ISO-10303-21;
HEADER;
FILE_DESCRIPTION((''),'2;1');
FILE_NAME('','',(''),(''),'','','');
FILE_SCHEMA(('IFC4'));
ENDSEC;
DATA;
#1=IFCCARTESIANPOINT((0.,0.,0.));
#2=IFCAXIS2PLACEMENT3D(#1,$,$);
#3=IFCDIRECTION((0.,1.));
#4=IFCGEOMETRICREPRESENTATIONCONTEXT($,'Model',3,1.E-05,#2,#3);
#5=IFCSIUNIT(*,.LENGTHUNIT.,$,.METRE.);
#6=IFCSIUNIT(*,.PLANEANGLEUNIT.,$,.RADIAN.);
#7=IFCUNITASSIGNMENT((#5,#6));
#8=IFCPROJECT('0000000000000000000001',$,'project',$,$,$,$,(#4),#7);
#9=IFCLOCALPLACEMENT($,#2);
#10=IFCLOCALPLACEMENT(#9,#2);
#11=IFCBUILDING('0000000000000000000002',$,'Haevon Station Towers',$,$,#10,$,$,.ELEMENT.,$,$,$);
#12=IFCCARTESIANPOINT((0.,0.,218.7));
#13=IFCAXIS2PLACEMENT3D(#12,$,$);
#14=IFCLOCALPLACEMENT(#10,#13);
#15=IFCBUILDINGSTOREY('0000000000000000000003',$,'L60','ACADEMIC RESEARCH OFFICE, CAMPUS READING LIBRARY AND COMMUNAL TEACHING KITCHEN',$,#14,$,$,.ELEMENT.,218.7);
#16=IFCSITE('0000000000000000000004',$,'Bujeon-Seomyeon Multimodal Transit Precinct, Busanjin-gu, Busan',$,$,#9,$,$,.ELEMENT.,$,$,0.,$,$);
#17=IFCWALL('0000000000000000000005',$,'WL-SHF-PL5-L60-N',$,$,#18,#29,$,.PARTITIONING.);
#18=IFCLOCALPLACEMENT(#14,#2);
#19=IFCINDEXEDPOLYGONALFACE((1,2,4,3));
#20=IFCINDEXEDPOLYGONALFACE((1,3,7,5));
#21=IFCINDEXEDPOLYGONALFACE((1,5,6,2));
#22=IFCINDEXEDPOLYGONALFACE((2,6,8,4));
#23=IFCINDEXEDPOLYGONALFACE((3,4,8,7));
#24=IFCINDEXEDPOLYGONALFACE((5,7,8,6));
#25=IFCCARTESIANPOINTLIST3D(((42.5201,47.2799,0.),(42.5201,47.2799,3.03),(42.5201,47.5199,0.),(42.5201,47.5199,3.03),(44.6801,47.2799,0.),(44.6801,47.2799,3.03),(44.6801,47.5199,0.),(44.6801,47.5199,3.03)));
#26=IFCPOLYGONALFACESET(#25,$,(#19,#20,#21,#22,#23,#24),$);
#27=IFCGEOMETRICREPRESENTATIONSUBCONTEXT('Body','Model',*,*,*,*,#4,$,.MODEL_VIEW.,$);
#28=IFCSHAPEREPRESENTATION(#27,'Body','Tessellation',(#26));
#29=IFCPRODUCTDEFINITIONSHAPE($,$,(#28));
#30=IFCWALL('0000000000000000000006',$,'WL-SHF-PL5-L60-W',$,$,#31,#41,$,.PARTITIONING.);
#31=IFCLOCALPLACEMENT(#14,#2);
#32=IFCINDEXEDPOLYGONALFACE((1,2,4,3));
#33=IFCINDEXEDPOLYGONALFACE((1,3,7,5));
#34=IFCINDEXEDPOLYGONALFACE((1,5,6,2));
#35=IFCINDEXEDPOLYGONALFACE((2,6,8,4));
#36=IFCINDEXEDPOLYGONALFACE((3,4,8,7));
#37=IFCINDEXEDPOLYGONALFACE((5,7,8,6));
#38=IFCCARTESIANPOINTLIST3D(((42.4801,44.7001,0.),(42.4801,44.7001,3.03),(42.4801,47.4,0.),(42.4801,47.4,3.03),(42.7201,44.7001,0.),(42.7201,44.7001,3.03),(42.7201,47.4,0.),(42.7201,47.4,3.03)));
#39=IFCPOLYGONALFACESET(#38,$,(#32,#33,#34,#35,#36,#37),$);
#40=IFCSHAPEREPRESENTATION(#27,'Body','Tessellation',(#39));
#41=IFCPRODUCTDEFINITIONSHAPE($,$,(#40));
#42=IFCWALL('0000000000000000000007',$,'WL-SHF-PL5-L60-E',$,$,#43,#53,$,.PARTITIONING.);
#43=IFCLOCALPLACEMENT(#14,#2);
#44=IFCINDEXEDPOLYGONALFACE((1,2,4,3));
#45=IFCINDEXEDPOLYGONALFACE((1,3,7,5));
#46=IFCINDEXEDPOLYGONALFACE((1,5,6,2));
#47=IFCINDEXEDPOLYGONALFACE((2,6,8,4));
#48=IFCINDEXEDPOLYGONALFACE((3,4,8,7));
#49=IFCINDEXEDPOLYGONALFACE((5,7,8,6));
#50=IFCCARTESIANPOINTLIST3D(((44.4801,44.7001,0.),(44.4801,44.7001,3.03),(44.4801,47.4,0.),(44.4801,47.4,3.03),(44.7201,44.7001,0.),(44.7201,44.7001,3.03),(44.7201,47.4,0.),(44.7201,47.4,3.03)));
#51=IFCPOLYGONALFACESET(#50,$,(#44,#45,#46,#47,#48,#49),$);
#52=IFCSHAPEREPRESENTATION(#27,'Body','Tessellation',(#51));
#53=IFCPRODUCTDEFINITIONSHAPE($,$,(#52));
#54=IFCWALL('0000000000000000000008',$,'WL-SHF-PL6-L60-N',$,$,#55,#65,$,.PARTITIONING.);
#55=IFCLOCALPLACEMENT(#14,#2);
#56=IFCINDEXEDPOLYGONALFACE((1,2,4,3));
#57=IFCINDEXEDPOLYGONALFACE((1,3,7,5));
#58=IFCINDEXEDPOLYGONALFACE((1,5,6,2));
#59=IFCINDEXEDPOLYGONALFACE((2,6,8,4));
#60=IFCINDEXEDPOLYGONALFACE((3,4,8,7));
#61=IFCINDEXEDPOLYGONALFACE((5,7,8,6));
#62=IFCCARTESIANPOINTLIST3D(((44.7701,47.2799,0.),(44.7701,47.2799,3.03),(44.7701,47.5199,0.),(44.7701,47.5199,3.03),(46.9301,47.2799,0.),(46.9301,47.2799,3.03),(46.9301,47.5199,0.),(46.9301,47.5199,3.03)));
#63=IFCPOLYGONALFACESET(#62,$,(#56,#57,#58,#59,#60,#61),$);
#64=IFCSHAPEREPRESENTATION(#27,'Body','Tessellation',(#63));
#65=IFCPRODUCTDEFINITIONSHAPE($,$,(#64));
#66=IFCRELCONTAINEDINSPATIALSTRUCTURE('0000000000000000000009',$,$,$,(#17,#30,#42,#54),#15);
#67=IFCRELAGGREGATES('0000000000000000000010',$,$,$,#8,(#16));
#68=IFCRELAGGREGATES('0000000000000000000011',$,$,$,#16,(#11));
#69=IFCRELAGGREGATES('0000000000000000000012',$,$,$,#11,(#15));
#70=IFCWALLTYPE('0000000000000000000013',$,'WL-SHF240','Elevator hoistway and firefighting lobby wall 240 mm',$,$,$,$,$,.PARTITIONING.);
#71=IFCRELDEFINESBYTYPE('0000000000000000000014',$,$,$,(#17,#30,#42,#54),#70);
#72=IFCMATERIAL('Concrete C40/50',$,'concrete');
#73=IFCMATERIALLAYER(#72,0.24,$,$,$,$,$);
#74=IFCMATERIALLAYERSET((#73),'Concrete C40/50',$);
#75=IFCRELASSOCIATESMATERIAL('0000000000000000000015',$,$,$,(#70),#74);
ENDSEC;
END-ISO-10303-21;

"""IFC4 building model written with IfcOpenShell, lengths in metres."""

from ifc_helpers import new_model, si_unit, direction, frame, frame_2d, origin, place, context, subcontext, project, spatial, rectangle, extrude, material, layer, layer_set, type_object, element, save


model = new_model("IFC4")

# Units and contexts
model_context = context("Model", 3, precision=1e-05, world=origin(), true_north=direction((0.0, 1.0)))
body_context = subcontext(model_context, "Body", "Model", "MODEL_VIEW")
ifc_project = project(units=[si_unit("LENGTHUNIT", "METRE"), si_unit("PLANEANGLEUNIT", "RADIAN")], contexts=[model_context])

# Site, building, storey
site_placement = place(None, origin())
site = spatial("IfcSite", under=ifc_project, at=site_placement, Name="Bujeon-Seomyeon Multimodal Transit Precinct, Busanjin-gu, Busan", CompositionType="ELEMENT", RefElevation=0.0)
building_placement = place(site_placement, origin())
building = spatial("IfcBuilding", under=site, at=building_placement, Name="Haevon Station Towers", CompositionType="ELEMENT")
storey_placement = place(building_placement, frame((0.0, 0.0, 218.7)))
storey = spatial("IfcBuildingStorey", under=building, at=storey_placement, Name="L60", Description="ACADEMIC RESEARCH OFFICE, CAMPUS READING LIBRARY AND COMMUNAL TEACHING KITCHEN", CompositionType="ELEMENT", Elevation=218.7)

# Shared definitions
ifc_material_1 = material(Name="Concrete C40/50", Category="concrete")
ifc_layer_1 = layer(ifc_material_1, 0.24)
ifc_layer_set_1 = layer_set([ifc_layer_1], Name="Concrete C40/50")
wall_type_1 = type_object("IfcWallType", Name="WL-SHF240", Description="Elevator hoistway and firefighting lobby wall 240 mm", PredefinedType="PARTITIONING", material=ifc_layer_set_1)

# Walls
wall_1_placement = place(storey_placement, frame((42.52, 47.3999, 0.0), z_axis=(0.0, 0.0, 1.0), x_axis=(1.0, 0.0, 0.0)))
element("IfcWall", 1, at=wall_1_placement, inside=storey, type_object=wall_type_1, Name="WL-SHF-PL5-L60-N", PredefinedType="PARTITIONING", context=body_context, shape_type="SweptSolid", body=[
    extrude(rectangle(XDim=2.1599, YDim=0.24, at=frame_2d((1.0801, 0.0))), origin(), (0.0, 0.0, 1.0), 3.03),
])
for number, where, z_axis, x_axis, name in (
    (2, (42.6001, 44.7, 0.0), (0.0, 0.0, 1.0), (0.0, 1.0, 0.0), "WL-SHF-PL5-L60-W"),
    (3, (44.6001, 44.7, 0.0), (0.0, 0.0, 1.0), (0.0, 1.0, 0.0), "WL-SHF-PL5-L60-E"),
):
    element("IfcWall", number, at=place(storey_placement, frame(where, z_axis=z_axis, x_axis=x_axis)), inside=storey, type_object=wall_type_1, Name=name, PredefinedType="PARTITIONING", context=body_context, shape_type="SweptSolid", body=[
        extrude(rectangle(XDim=2.7, YDim=0.24, at=frame_2d((1.3501, 0.0))), origin(), (0.0, 0.0, 1.0), 3.03),
    ])

# Wall
wall_2_placement = place(storey_placement, frame((44.77, 47.3999, 0.0), z_axis=(0.0, 0.0, 1.0), x_axis=(1.0, 0.0, 0.0)))
element("IfcWall", 4, at=wall_2_placement, inside=storey, type_object=wall_type_1, Name="WL-SHF-PL6-L60-N", PredefinedType="PARTITIONING", context=body_context, shape_type="SweptSolid", body=[
    extrude(rectangle(XDim=2.1599, YDim=0.24, at=frame_2d((1.0801, 0.0))), origin(), (0.0, 0.0, 1.0), 3.03),
])

save(model, "model.ifc")
